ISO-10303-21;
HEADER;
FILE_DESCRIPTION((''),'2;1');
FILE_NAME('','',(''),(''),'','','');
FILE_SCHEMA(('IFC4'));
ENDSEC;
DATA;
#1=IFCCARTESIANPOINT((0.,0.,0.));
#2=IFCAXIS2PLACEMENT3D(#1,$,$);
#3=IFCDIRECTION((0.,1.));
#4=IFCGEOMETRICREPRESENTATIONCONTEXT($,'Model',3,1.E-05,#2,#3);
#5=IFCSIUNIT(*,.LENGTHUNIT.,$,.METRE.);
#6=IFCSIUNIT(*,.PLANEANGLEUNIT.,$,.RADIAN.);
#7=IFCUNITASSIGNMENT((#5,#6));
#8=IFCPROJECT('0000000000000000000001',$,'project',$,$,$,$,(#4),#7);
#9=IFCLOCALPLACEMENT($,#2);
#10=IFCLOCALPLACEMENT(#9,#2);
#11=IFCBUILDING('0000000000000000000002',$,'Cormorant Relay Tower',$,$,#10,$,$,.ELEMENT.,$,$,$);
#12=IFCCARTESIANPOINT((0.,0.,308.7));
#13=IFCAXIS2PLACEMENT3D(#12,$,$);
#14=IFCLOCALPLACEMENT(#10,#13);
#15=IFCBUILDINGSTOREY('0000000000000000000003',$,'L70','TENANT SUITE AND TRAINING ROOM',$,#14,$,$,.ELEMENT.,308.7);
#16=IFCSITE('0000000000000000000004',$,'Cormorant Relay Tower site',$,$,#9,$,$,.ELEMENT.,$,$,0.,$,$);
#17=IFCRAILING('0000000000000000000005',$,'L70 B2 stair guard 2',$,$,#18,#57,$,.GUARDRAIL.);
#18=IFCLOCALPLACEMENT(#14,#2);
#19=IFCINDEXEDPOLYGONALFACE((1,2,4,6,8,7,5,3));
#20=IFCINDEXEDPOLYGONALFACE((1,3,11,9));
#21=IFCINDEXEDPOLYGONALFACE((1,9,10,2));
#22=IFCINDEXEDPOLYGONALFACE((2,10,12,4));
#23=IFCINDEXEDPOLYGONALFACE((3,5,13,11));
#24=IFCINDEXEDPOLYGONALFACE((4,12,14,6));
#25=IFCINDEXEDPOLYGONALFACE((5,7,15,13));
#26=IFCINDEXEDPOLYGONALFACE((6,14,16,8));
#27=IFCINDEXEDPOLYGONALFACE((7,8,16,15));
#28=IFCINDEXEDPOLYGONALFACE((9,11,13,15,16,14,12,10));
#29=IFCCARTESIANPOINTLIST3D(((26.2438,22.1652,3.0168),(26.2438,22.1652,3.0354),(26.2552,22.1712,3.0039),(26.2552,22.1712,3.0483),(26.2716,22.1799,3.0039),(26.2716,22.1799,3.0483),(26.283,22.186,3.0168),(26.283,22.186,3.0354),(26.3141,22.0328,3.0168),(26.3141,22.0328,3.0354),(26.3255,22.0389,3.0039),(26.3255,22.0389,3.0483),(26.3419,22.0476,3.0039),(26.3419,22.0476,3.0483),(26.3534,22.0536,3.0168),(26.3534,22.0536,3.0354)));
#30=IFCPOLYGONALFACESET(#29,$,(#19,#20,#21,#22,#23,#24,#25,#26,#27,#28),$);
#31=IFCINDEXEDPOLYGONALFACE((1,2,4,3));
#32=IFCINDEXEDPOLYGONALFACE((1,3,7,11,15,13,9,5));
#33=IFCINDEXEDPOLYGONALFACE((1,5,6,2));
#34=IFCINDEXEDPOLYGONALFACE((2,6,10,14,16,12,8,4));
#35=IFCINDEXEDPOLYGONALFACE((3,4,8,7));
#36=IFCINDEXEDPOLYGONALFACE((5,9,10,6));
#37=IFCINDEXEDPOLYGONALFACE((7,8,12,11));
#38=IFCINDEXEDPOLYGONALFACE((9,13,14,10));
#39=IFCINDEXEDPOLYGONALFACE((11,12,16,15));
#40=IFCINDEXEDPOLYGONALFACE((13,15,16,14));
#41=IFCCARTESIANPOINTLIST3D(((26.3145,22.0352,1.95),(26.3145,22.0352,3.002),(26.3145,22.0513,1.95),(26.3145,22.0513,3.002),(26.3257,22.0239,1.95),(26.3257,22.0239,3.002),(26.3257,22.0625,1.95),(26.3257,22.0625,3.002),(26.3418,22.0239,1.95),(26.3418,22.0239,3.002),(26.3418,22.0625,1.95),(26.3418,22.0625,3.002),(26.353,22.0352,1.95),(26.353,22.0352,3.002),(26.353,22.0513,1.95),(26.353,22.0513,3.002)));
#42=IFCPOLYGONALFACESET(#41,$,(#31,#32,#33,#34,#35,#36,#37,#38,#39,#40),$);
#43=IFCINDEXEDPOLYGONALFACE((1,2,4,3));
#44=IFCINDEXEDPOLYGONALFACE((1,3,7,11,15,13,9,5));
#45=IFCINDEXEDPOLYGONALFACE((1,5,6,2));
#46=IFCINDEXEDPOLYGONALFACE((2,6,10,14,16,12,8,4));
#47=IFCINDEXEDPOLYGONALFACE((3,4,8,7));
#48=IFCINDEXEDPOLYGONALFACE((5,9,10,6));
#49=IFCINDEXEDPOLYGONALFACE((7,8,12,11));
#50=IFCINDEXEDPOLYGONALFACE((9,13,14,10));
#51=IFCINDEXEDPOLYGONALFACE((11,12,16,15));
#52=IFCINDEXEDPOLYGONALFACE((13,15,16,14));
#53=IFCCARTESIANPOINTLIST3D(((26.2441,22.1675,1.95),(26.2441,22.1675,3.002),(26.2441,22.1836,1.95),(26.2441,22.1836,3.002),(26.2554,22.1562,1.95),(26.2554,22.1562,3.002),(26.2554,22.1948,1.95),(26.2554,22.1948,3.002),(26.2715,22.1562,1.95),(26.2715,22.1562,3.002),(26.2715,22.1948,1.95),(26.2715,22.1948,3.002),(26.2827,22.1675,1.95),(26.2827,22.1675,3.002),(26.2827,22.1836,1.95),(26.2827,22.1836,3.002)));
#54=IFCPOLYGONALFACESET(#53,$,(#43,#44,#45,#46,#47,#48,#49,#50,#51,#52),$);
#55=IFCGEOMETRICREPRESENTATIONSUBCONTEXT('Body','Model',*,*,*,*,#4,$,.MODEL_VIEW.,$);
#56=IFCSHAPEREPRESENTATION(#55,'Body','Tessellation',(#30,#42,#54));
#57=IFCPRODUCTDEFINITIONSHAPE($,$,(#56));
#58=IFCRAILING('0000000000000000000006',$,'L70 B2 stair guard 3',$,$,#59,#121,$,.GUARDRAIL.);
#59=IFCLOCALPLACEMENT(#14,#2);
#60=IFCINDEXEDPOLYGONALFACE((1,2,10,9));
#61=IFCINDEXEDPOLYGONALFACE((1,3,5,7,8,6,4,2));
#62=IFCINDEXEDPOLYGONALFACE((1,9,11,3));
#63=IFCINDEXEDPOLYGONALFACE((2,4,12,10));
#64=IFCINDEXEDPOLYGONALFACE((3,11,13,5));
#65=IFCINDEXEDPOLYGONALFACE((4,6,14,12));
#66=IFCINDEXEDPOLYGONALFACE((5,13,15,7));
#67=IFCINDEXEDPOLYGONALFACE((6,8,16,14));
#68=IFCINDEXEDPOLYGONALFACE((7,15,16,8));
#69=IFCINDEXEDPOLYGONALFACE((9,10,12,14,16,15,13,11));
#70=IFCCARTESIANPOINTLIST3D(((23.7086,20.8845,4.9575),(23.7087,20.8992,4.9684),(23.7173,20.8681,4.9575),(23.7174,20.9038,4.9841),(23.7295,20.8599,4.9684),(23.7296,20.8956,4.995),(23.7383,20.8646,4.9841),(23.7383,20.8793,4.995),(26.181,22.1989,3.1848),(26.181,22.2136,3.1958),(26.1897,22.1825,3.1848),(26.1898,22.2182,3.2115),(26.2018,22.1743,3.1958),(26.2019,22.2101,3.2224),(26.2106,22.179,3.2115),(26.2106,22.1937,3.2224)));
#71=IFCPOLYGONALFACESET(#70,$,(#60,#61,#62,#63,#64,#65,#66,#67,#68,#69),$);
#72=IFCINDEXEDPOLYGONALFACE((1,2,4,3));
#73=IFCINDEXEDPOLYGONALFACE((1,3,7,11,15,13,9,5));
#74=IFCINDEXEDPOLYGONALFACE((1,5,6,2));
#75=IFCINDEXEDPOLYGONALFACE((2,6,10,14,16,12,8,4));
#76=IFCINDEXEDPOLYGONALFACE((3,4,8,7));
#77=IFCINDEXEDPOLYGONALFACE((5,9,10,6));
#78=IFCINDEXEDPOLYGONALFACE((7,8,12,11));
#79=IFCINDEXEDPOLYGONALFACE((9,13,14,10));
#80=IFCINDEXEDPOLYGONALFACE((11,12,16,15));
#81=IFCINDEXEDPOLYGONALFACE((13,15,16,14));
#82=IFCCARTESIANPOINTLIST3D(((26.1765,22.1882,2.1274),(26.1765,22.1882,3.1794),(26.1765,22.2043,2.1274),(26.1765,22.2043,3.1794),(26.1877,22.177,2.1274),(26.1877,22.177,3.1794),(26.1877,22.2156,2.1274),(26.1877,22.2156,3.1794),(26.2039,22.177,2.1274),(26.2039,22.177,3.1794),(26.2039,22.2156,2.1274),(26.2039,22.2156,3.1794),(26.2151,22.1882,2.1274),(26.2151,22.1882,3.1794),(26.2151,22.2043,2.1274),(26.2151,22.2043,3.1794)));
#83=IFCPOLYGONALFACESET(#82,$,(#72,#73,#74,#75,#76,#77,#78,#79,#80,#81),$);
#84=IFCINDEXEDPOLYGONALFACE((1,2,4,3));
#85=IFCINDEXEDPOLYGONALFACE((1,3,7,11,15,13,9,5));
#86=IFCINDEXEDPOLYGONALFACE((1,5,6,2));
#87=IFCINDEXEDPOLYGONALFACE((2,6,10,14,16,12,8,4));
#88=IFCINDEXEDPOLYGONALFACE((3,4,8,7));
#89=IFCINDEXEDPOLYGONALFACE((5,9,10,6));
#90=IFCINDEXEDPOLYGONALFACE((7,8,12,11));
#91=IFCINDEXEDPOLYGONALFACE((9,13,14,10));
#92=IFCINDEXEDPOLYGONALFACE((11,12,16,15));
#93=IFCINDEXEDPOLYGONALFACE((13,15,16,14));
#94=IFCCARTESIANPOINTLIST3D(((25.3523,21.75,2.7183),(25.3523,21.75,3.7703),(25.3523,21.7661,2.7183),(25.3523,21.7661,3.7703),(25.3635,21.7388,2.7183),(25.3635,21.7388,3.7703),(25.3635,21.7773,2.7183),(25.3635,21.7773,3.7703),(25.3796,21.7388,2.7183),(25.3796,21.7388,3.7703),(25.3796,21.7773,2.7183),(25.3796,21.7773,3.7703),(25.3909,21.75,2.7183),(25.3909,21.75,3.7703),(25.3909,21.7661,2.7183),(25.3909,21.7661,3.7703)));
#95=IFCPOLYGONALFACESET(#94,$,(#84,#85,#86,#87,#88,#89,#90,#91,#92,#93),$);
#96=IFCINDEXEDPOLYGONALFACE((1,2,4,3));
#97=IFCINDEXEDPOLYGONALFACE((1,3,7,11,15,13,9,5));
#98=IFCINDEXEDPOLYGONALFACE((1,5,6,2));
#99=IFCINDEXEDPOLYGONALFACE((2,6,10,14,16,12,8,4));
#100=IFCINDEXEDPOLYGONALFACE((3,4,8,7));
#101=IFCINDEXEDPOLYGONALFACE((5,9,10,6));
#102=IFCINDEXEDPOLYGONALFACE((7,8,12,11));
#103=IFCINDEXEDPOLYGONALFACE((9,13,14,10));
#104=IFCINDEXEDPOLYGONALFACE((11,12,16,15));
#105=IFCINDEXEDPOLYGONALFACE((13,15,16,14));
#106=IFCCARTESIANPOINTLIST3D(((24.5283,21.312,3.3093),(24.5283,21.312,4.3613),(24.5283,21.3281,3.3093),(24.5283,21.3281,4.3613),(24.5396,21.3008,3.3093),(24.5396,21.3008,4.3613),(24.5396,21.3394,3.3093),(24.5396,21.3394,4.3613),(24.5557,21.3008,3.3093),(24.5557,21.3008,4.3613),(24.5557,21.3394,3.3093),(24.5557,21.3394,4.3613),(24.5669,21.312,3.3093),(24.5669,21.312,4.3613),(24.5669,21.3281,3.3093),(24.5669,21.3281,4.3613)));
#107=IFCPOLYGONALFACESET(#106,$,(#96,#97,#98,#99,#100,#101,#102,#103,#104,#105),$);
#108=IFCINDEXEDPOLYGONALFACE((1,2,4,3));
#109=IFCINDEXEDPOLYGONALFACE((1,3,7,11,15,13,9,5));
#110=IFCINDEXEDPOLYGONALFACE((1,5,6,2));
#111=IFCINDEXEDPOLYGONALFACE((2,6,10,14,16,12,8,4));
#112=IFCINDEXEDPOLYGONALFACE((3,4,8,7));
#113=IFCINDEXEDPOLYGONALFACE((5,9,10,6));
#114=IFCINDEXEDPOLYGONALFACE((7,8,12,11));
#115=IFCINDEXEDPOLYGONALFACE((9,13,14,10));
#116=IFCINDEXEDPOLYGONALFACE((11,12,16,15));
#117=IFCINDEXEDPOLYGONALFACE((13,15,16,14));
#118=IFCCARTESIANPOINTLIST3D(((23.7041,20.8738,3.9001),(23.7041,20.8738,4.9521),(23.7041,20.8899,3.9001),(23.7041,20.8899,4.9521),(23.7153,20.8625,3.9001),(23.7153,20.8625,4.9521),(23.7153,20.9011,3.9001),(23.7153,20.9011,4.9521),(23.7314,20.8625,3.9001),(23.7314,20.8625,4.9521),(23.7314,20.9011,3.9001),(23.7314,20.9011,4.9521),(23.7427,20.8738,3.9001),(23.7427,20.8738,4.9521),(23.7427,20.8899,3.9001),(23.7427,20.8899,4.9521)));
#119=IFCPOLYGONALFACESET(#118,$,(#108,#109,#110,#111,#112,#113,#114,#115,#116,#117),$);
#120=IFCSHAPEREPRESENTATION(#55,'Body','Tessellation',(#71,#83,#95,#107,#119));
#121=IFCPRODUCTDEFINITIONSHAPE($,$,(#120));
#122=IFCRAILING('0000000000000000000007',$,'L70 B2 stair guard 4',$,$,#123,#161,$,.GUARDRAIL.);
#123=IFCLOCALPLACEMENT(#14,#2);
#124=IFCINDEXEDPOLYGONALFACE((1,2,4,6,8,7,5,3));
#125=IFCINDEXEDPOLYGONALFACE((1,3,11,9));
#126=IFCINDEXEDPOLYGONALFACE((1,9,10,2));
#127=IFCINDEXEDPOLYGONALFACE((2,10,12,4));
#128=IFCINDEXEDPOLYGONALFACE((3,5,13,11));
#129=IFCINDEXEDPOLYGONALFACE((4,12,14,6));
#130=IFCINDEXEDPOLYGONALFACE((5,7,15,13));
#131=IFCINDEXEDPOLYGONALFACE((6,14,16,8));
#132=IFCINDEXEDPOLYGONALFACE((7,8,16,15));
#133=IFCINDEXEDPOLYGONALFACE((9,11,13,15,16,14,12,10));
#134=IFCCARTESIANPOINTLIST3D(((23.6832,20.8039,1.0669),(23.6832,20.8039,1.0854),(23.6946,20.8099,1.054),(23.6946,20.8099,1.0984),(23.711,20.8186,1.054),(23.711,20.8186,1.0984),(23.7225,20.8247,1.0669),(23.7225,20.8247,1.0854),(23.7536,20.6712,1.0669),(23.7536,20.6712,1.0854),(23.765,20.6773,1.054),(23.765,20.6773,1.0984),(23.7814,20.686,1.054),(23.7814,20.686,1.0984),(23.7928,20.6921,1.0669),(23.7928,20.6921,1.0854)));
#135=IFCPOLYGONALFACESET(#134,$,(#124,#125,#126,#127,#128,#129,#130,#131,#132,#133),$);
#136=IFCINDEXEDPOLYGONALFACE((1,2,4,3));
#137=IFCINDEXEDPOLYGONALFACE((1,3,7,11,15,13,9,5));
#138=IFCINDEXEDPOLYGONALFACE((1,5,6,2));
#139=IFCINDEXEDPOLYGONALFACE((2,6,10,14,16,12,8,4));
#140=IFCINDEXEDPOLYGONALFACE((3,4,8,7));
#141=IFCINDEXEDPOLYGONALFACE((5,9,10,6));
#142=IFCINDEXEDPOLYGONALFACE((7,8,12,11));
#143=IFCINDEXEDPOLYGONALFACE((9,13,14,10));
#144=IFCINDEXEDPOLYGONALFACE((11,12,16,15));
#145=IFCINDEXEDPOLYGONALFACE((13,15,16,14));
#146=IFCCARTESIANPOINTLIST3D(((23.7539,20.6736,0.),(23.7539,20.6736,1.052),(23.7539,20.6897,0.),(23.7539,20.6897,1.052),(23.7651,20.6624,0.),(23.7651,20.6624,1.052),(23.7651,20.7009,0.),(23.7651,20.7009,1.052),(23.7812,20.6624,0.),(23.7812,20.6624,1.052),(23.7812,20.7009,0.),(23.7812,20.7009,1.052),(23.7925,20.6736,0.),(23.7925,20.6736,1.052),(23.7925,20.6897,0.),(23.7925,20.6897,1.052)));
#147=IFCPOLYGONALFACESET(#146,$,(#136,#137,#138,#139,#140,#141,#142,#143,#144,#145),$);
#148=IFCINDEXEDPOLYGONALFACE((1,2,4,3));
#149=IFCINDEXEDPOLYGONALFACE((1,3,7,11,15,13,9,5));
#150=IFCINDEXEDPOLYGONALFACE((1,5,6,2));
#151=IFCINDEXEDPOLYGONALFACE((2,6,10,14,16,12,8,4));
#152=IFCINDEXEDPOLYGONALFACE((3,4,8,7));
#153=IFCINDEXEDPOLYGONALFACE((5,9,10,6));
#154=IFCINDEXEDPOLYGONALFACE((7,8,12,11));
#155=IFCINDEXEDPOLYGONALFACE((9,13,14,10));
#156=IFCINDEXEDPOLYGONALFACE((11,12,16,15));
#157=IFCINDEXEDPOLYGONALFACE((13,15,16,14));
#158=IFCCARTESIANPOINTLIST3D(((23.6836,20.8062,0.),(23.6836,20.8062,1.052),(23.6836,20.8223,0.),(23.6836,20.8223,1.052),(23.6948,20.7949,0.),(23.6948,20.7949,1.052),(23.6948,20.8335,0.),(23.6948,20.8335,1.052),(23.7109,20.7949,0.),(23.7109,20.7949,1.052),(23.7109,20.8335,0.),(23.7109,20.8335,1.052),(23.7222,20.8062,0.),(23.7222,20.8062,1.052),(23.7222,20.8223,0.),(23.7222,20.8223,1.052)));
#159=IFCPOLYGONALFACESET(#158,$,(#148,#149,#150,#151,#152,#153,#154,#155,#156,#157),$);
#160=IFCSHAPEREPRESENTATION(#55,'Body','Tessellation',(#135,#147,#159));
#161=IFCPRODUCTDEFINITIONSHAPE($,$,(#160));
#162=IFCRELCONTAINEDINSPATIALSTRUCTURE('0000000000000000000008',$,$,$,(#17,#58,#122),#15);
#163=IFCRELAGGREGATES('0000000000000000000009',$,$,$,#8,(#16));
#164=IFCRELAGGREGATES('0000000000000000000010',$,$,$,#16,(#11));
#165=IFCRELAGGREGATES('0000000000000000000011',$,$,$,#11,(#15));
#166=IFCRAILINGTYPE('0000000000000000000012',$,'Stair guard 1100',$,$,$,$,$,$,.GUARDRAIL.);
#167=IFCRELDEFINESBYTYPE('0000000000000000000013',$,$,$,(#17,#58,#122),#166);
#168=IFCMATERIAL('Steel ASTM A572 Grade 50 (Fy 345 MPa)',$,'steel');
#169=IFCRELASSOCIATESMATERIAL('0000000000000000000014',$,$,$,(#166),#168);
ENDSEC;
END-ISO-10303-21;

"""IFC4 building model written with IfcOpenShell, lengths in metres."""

from ifc_helpers import new_model, si_unit, direction, frame, origin, place, context, subcontext, project, spatial, polyline, outline, extrude, material, type_object, element, save


model = new_model("IFC4")

# Units and contexts
model_context = context("Model", 3, precision=1e-05, world=origin(), true_north=direction((0.0, 1.0)))
body_context = subcontext(model_context, "Body", "Model", "MODEL_VIEW")
ifc_project = project(units=[si_unit("LENGTHUNIT", "METRE"), si_unit("PLANEANGLEUNIT", "RADIAN")], contexts=[model_context])

# Site, building, storey
site_placement = place(None, origin())
site = spatial("IfcSite", under=ifc_project, at=site_placement, Name="Cormorant Relay Tower site", CompositionType="ELEMENT", RefElevation=0.0)
building_placement = place(site_placement, origin())
building = spatial("IfcBuilding", under=site, at=building_placement, Name="Cormorant Relay Tower", CompositionType="ELEMENT")
storey_placement = place(building_placement, frame((0.0, 0.0, 308.7)))
storey = spatial("IfcBuildingStorey", under=building, at=storey_placement, Name="L70", Description="TENANT SUITE AND TRAINING ROOM", CompositionType="ELEMENT", Elevation=308.7)

# Railings
ifc_material_1 = material(Name="Steel ASTM A572 Grade 50 (Fy 345 MPa)", Category="steel")
railing_type_1 = type_object("IfcRailingType", Name="Stair guard 1100", PredefinedType="GUARDRAIL", material=ifc_material_1)
railing_1_placement = place(storey_placement, frame((26.3337, 22.0432, 1.95)))
element("IfcRailing", 1, at=railing_1_placement, inside=storey, type_object=railing_type_1, Name="L70 B2 stair guard 2", PredefinedType="GUARDRAIL", context=body_context, shape_type="SweptSolid", body=[
    extrude(outline(polyline([(0.0222, 0.0093), (0.0093, 0.0222), (-0.0093, 0.0222), (-0.0222, 0.0093), (-0.0222, -0.0093), (-0.0093, -0.0222), (0.0093, -0.0222), (0.0222, -0.0093), (0.0222, 0.0093)])), frame((0.0, 0.0, 1.0762), z_axis=(-0.469235, 0.883074, 0.0), x_axis=(-0.883074, -0.469235, 0.0)), (0.0, 0.0, 1.0), 0.1499),
    extrude(outline(polyline([(0.0193, 0.0081), (0.0081, 0.0193), (-0.0081, 0.0193), (-0.0193, 0.0081), (-0.0193, -0.0081), (-0.0081, -0.0193), (0.0081, -0.0193), (0.0193, -0.0081), (0.0193, 0.0081)])), origin(), (0.0, 0.0, 1.0), 1.052),
    extrude(outline(polyline([(0.0193, 0.0081), (0.0081, 0.0193), (-0.0081, 0.0193), (-0.0193, 0.0081), (-0.0193, -0.0081), (-0.0081, -0.0193), (0.0081, -0.0193), (0.0193, -0.0081), (0.0193, 0.0081)])), frame((-0.0703, 0.1323, 0.0)), (0.0, 0.0, 1.0), 1.052),
])
railing_2_placement = place(storey_placement, frame((26.1958, 22.1963, 2.1274)))
element("IfcRailing", 2, at=railing_2_placement, inside=storey, type_object=railing_type_1, Name="L70 B2 stair guard 3", PredefinedType="GUARDRAIL", context=body_context, shape_type="SweptSolid", body=[
    extrude(outline(polyline([(0.0222, 0.0093), (0.0093, 0.0222), (-0.0093, 0.0222), (-0.0222, 0.0093), (-0.0222, -0.0093), (-0.0093, -0.0222), (0.0093, -0.0222), (0.0222, -0.0093), (0.0222, 0.0093)])), frame((0.0, 0.0, 1.0762), z_axis=(-0.746034, -0.396627, 0.534902), x_axis=(0.469429, -0.88297, 0.0)), (0.0, 0.0, 1.0), 3.314),
    extrude(outline(polyline([(0.0193, 0.0081), (0.0081, 0.0193), (-0.0081, 0.0193), (-0.0193, 0.0081), (-0.0193, -0.0081), (-0.0081, -0.0193), (0.0081, -0.0193), (0.0193, -0.0081), (0.0193, 0.0081)])), origin(), (0.0, 0.0, 1.0), 1.052),
    extrude(outline(polyline([(0.0193, 0.0081), (0.0081, 0.0193), (-0.0081, 0.0193), (-0.0193, 0.0081), (-0.0193, -0.0081), (-0.0081, -0.0193), (0.0081, -0.0193), (0.0193, -0.0081), (0.0193, 0.0081)])), frame((-0.8242, -0.4382, 0.5908)), (0.0, 0.0, 1.0), 1.052),
    extrude(outline(polyline([(0.0193, 0.0081), (0.0081, 0.0193), (-0.0081, 0.0193), (-0.0193, 0.0081), (-0.0193, -0.0081), (-0.0081, -0.0193), (0.0081, -0.0193), (0.0193, -0.0081), (0.0193, 0.0081)])), frame((-1.6482, -0.8762, 1.1819)), (0.0, 0.0, 1.0), 1.052),
    extrude(outline(polyline([(0.0193, 0.0081), (0.0081, 0.0193), (-0.0081, 0.0193), (-0.0193, 0.0081), (-0.0193, -0.0081), (-0.0081, -0.0193), (0.0081, -0.0193), (0.0193, -0.0081), (0.0193, 0.0081)])), frame((-2.4724, -1.3145, 1.7727)), (0.0, 0.0, 1.0), 1.052),
])
railing_3_placement = place(storey_placement, frame((23.7732, 20.6816, 0.0)))
element("IfcRailing", 3, at=railing_3_placement, inside=storey, type_object=railing_type_1, Name="L70 B2 stair guard 4", PredefinedType="GUARDRAIL", context=body_context, shape_type="SweptSolid", body=[
    extrude(outline(polyline([(0.0222, 0.0093), (0.0093, 0.0222), (-0.0093, 0.0222), (-0.0222, 0.0093), (-0.0222, -0.0093), (-0.0093, -0.0222), (0.0093, -0.0222), (0.0222, -0.0093), (0.0222, 0.0093)])), frame((0.0, 0.0, 1.0762), z_axis=(-0.46856, 0.883431, 0.0), x_axis=(-0.883431, -0.46856, 0.0)), (0.0, 0.0, 1.0), 0.1501),
    extrude(outline(polyline([(0.0193, 0.0081), (0.0081, 0.0193), (-0.0081, 0.0193), (-0.0193, 0.0081), (-0.0193, -0.0081), (-0.0081, -0.0193), (0.0081, -0.0193), (0.0193, -0.0081), (0.0193, 0.0081)])), origin(), (0.0, 0.0, 1.0), 1.052),
    extrude(outline(polyline([(0.0193, 0.0081), (0.0081, 0.0193), (-0.0081, 0.0193), (-0.0193, 0.0081), (-0.0193, -0.0081), (-0.0081, -0.0193), (0.0081, -0.0193), (0.0193, -0.0081), (0.0193, 0.0081)])), frame((-0.0703, 0.1326, 0.0)), (0.0, 0.0, 1.0), 1.052),
])

save(model, "model.ifc")
